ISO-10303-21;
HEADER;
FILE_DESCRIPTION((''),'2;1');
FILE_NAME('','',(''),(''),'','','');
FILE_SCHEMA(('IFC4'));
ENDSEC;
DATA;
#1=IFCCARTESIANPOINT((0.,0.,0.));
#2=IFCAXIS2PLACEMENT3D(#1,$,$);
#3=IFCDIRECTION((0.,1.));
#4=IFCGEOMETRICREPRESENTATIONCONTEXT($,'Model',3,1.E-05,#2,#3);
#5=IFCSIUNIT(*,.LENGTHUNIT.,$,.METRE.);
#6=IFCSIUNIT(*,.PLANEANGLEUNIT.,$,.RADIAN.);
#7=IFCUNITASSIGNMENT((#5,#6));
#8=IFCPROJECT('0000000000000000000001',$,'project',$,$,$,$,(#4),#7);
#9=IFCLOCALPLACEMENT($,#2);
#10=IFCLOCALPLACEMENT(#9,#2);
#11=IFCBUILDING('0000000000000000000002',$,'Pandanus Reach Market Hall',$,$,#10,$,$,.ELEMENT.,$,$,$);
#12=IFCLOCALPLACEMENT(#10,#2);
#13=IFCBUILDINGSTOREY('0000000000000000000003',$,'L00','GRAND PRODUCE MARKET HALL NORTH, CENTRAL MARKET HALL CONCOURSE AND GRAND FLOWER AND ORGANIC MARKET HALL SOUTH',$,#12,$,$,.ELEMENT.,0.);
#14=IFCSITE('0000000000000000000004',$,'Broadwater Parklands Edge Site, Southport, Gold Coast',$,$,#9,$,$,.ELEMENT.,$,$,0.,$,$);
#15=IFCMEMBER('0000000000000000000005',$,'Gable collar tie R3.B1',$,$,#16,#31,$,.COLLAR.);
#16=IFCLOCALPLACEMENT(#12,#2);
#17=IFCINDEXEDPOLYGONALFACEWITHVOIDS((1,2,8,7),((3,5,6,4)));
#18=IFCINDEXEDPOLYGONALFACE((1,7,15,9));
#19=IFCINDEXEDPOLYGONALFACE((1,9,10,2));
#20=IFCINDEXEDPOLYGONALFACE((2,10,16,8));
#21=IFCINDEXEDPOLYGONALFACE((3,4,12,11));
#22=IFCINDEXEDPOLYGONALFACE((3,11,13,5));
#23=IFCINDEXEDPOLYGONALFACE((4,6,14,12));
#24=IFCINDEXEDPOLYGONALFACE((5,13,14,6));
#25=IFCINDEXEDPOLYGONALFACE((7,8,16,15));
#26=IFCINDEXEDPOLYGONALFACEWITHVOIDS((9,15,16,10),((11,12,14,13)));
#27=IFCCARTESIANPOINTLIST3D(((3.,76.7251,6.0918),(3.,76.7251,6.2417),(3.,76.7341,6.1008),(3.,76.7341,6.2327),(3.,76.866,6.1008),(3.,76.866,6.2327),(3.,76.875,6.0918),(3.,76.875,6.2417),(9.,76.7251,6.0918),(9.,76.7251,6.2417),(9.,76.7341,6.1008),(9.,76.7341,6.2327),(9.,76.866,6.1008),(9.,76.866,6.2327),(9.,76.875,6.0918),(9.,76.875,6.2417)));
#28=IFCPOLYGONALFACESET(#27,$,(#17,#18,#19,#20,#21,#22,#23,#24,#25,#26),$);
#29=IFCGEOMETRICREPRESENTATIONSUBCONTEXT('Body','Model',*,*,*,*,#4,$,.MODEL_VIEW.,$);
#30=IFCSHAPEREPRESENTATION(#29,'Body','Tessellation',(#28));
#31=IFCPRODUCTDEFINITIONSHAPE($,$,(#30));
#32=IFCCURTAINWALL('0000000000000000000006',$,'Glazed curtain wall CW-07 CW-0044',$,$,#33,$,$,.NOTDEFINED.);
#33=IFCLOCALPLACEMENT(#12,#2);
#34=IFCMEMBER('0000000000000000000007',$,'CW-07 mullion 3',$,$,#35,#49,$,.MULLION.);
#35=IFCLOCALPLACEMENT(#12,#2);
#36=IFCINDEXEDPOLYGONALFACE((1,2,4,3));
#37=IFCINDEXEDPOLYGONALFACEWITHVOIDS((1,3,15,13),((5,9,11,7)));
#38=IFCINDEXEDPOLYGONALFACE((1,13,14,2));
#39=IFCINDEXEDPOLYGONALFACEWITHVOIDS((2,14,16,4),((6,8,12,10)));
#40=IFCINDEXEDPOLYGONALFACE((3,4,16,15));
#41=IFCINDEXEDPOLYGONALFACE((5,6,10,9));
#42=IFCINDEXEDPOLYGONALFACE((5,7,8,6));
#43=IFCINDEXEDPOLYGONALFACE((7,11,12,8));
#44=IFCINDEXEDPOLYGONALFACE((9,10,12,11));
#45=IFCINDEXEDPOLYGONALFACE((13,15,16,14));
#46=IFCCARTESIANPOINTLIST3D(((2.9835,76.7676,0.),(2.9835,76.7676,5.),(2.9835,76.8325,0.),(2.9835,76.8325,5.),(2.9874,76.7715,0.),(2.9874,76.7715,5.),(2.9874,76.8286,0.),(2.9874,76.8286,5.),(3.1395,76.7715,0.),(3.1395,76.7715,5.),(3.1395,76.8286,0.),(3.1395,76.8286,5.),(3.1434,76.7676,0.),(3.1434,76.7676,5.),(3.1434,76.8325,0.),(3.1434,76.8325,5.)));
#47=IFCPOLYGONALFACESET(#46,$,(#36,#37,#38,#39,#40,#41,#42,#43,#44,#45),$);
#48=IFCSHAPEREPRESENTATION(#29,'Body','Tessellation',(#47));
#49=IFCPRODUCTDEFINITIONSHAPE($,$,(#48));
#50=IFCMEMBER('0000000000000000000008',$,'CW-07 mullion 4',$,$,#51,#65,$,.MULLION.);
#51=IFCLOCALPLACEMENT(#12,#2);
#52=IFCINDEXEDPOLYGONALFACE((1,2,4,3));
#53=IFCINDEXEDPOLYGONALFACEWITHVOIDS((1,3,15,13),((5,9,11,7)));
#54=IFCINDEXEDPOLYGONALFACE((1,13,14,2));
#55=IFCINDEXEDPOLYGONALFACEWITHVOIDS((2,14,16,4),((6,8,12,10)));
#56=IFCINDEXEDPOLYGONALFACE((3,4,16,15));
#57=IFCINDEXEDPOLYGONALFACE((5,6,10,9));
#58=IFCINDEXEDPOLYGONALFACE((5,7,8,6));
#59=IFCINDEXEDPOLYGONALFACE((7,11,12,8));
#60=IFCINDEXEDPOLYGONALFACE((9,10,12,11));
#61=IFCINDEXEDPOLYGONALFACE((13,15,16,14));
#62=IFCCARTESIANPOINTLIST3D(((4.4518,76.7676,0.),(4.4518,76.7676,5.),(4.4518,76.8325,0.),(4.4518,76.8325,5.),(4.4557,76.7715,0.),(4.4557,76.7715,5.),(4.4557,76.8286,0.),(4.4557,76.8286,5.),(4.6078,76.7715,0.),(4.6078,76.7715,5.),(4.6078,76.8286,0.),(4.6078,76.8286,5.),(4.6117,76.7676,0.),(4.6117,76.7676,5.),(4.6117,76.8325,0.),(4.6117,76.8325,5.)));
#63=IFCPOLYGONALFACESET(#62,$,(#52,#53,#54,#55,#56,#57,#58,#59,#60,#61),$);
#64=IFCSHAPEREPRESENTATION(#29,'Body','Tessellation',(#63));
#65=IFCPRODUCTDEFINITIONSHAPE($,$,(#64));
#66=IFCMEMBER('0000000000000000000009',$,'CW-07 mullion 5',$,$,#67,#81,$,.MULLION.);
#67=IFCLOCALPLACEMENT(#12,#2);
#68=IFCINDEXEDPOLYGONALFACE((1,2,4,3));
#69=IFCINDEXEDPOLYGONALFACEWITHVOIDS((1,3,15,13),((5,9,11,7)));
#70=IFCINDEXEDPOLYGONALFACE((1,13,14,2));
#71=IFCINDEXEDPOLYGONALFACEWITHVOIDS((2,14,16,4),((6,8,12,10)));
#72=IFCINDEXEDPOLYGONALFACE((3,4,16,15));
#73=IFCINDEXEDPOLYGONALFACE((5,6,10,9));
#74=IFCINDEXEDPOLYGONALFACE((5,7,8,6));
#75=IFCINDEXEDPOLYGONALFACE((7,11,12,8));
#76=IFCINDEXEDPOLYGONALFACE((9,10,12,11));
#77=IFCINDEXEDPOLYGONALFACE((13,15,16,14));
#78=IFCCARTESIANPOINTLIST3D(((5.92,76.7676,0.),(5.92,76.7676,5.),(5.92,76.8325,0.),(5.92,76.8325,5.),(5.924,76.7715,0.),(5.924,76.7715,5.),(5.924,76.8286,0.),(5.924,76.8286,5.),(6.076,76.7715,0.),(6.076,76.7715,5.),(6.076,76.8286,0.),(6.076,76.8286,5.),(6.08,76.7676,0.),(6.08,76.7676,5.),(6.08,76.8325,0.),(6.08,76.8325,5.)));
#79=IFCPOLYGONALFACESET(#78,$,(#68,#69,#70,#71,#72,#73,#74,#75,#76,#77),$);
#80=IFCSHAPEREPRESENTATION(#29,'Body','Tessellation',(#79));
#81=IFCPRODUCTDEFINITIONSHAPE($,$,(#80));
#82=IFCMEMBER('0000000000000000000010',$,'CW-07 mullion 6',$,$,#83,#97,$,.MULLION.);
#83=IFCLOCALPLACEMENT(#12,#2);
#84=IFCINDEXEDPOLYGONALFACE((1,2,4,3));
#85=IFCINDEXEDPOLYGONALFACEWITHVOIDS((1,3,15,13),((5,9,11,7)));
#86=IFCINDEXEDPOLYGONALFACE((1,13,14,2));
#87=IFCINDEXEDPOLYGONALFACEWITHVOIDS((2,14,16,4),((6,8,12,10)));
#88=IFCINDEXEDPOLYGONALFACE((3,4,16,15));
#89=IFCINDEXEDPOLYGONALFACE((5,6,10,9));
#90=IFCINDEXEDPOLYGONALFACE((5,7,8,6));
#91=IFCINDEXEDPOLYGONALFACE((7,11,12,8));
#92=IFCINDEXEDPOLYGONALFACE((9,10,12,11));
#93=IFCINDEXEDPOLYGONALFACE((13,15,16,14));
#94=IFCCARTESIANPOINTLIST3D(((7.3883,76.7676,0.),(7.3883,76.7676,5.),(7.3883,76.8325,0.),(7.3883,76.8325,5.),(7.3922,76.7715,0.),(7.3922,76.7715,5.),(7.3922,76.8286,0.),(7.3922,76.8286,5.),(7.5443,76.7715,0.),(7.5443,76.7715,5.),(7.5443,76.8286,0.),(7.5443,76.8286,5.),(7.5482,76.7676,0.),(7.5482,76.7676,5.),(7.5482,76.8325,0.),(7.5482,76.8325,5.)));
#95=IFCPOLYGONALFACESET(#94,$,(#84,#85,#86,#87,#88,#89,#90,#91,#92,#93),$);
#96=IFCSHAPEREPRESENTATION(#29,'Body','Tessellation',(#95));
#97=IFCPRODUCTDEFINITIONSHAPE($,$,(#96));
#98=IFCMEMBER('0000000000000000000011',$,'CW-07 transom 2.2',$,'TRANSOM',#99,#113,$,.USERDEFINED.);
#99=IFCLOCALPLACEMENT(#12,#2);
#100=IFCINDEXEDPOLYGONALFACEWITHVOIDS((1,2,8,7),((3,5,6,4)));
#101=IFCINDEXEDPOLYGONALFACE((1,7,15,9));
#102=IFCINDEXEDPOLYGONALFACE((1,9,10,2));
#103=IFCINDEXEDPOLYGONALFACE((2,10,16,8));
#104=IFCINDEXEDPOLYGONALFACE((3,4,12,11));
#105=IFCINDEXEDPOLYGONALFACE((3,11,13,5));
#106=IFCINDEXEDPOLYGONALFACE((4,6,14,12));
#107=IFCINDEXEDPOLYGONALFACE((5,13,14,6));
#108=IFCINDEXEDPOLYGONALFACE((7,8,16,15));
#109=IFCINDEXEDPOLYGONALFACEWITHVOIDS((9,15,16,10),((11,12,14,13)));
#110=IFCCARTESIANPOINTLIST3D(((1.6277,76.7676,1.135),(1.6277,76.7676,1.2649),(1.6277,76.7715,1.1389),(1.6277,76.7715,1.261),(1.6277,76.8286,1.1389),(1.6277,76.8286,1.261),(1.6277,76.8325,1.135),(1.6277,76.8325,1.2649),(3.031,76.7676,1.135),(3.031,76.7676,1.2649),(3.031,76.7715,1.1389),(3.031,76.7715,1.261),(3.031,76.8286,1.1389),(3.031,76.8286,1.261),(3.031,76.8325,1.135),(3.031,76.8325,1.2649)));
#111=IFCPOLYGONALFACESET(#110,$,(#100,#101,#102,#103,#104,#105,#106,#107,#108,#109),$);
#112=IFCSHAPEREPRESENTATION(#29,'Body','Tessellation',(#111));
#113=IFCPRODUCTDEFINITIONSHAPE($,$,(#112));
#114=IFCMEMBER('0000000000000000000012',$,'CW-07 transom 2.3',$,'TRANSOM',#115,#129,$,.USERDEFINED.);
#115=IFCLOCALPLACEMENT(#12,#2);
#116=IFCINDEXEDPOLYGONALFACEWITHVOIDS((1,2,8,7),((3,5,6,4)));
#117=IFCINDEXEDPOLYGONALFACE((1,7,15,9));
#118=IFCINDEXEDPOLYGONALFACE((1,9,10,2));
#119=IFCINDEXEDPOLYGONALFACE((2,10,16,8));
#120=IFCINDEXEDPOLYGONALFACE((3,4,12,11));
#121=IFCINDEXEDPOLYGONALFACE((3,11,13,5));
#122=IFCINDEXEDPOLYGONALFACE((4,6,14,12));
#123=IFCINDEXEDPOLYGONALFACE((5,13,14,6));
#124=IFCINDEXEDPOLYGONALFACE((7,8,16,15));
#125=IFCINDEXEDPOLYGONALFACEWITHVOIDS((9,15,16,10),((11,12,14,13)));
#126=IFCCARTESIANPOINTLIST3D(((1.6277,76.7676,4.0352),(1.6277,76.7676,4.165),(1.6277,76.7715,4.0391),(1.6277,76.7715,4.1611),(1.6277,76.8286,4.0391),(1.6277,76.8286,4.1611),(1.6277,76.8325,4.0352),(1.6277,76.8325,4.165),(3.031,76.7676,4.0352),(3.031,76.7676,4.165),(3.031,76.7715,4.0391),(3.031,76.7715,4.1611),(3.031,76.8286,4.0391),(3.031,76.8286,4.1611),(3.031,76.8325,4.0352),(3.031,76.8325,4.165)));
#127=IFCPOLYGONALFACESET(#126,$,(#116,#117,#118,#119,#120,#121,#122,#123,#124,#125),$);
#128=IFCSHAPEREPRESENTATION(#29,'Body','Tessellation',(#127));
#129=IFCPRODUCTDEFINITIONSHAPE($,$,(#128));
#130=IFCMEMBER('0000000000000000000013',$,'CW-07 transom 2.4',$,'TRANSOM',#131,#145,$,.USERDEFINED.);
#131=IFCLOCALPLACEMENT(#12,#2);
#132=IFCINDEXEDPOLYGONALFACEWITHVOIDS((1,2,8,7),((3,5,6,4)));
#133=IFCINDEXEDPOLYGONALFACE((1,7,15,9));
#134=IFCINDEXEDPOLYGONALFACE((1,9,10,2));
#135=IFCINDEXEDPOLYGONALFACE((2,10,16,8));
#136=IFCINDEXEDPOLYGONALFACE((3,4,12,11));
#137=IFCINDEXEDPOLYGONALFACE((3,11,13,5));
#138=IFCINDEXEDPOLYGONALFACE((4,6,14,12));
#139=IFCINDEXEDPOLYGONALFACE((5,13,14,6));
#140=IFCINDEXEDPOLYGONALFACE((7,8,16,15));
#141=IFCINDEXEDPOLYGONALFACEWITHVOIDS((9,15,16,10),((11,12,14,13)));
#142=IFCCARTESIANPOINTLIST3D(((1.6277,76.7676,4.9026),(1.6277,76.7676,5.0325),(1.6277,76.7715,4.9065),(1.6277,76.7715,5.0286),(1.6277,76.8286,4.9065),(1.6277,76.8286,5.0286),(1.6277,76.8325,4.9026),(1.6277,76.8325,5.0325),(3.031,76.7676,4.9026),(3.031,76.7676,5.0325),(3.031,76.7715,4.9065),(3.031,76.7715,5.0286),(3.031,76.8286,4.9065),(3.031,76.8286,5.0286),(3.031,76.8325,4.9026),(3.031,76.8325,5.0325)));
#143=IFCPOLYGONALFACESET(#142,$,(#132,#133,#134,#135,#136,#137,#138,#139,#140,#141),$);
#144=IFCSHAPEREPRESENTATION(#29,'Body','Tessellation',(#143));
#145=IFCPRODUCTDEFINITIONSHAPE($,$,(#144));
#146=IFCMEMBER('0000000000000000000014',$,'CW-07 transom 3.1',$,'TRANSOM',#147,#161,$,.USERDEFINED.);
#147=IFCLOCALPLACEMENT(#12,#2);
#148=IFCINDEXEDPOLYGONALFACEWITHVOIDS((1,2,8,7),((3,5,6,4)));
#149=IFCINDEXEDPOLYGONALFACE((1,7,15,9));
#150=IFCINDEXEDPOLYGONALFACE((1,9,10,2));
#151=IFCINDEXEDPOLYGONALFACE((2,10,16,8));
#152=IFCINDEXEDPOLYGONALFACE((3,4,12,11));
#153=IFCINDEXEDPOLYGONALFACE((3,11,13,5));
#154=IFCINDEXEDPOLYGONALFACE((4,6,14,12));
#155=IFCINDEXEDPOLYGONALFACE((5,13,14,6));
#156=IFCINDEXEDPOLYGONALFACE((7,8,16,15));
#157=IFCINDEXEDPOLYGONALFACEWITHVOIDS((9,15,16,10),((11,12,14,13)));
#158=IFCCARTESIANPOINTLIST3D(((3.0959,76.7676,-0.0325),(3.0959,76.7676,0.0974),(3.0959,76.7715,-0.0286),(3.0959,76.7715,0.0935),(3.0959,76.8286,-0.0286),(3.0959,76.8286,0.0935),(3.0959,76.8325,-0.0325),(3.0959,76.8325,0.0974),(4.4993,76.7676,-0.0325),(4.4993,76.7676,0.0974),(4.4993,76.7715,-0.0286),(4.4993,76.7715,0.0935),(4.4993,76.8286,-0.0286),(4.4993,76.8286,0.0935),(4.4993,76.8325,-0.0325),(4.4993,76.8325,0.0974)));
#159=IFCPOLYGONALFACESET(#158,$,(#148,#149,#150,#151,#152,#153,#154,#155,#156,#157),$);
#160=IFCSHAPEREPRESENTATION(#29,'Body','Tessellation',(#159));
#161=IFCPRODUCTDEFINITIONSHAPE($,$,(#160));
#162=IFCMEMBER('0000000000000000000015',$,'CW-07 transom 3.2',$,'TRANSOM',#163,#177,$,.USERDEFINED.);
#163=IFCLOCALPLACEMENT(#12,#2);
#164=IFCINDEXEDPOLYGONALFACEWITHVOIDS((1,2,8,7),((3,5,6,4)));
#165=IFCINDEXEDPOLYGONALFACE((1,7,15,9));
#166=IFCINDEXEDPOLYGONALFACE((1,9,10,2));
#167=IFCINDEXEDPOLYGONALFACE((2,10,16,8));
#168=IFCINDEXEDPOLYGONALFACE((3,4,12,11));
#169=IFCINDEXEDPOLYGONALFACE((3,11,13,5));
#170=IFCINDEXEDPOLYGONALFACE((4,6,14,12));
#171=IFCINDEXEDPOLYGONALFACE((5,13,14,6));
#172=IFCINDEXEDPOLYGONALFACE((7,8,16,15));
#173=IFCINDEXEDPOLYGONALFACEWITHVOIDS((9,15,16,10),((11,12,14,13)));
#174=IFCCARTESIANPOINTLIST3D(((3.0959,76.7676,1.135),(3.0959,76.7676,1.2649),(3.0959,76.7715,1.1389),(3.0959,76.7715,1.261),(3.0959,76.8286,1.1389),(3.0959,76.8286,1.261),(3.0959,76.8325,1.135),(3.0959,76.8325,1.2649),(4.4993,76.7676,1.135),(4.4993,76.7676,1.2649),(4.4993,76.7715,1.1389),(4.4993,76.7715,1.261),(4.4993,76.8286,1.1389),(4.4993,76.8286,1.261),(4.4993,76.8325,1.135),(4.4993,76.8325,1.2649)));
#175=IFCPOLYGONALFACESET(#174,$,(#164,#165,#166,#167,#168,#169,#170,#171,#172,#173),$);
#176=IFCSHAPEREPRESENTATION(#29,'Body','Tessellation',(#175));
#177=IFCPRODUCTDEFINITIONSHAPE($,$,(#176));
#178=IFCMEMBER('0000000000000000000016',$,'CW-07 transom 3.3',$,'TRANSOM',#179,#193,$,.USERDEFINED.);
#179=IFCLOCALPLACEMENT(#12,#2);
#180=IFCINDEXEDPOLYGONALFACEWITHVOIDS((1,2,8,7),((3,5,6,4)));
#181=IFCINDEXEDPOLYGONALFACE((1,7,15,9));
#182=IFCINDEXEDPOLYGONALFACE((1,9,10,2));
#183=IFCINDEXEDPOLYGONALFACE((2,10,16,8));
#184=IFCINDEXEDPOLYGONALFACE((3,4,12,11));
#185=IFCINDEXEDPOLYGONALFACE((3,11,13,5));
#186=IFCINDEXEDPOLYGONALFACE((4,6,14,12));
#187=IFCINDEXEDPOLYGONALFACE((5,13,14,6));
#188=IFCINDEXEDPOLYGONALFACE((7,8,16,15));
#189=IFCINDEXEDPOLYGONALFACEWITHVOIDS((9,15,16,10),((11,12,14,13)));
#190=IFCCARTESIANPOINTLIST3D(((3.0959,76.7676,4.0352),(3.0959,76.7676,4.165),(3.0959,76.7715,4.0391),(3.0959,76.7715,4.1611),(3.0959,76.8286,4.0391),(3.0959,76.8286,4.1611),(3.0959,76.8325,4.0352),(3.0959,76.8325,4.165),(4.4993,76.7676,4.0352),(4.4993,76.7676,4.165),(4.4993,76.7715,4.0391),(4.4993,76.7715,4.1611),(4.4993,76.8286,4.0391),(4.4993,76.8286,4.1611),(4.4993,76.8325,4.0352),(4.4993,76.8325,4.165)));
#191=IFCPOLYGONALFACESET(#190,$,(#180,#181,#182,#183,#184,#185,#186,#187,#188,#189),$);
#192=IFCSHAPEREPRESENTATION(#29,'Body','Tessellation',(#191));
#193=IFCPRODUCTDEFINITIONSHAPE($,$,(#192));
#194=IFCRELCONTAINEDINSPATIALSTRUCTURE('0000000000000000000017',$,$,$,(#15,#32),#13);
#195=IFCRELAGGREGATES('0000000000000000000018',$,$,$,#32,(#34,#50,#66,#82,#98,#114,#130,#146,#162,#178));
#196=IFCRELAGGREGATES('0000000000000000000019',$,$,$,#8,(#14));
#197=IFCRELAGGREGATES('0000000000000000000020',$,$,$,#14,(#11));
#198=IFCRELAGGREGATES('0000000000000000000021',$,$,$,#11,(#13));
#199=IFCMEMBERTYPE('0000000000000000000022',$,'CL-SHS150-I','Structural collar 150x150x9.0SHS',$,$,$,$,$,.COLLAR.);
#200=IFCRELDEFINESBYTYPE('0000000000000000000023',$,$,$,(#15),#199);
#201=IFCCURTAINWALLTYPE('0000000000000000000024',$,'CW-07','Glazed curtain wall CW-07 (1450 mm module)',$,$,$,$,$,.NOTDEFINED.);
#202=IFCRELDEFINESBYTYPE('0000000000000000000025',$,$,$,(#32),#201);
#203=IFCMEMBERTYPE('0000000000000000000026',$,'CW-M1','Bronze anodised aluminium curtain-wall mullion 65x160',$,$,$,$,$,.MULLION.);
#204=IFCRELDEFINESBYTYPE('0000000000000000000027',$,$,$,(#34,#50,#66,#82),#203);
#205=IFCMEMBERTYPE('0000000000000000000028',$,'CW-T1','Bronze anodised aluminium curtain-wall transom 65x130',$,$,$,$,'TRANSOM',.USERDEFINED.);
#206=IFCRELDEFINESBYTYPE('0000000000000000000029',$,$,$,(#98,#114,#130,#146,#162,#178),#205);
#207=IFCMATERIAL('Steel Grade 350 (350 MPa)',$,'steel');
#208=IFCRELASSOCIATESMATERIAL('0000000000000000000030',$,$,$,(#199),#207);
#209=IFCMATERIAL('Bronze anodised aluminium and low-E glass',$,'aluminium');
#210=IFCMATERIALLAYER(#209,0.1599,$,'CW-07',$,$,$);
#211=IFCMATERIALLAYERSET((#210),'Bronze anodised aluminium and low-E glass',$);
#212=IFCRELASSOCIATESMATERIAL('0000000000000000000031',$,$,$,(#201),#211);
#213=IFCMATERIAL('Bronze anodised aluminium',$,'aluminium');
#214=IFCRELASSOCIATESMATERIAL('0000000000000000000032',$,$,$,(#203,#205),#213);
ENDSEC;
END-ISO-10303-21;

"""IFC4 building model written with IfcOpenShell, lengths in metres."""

from ifc_helpers import new_model, si_unit, direction, frame, origin, origin_2d, place, context, subcontext, project, spatial, hollow_rectangle, extrude, material, layer, layer_set, material_profile, profile_set, type_object, element, aggregate, save


model = new_model("IFC4")

# Units and contexts
model_context = context("Model", 3, precision=1e-05, world=origin(), true_north=direction((0.0, 1.0)))
body_context = subcontext(model_context, "Body", "Model", "MODEL_VIEW")
ifc_project = project(units=[si_unit("LENGTHUNIT", "METRE"), si_unit("PLANEANGLEUNIT", "RADIAN")], contexts=[model_context])

# Site, building, storey
site_placement = place(None, origin())
site = spatial("IfcSite", under=ifc_project, at=site_placement, Name="Broadwater Parklands Edge Site, Southport, Gold Coast", CompositionType="ELEMENT", RefElevation=0.0)
building_placement = place(site_placement, origin())
building = spatial("IfcBuilding", under=site, at=building_placement, Name="Pandanus Reach Market Hall", CompositionType="ELEMENT")
storey_placement = place(building_placement, origin())
storey = spatial("IfcBuildingStorey", under=building, at=storey_placement, Name="L00", Description="GRAND PRODUCE MARKET HALL NORTH, CENTRAL MARKET HALL CONCOURSE AND GRAND FLOWER AND ORGANIC MARKET HALL SOUTH", CompositionType="ELEMENT", Elevation=0.0)

# Member
ifc_material_1 = material(Name="Steel Grade 350 (350 MPa)", Category="steel")
ifc_material_profile_1 = material_profile(ifc_material_1, hollow_rectangle(XDim=0.1499, YDim=0.1499, WallThickness=0.009, at=origin_2d()), Name="150x150x9.0SHS", Category="LoadBearing")
ifc_profile_set_1 = profile_set([ifc_material_profile_1], Name="Steel Grade 350 (350 MPa)")
member_type_1 = type_object("IfcMemberType", Name="CL-SHS150-I", Description="Structural collar 150x150x9.0SHS", PredefinedType="COLLAR", material=ifc_profile_set_1)
member_1_placement = place(storey_placement, frame((3.0, 76.8, 6.1667), z_axis=(1.0, 0.0, 0.0), x_axis=(0.0, 1.0, 0.0)))
element("IfcMember", 1, at=member_1_placement, inside=storey, type_object=member_type_1, Name="Gable collar tie R3.B1", PredefinedType="COLLAR", context=body_context, shape_type="SweptSolid", body=[
    extrude(hollow_rectangle(XDim=0.1499, YDim=0.1499, WallThickness=0.009, at=origin_2d()), origin(), (0.0, 0.0, 1.0), 6.0),
])

# Curtain wall, members
ifc_material_2 = material(Name="Bronze anodised aluminium and low-E glass", Category="aluminium")
ifc_layer_1 = layer(ifc_material_2, 0.1599, Name="CW-07")
ifc_layer_set_1 = layer_set([ifc_layer_1], Name="Bronze anodised aluminium and low-E glass")
curtain_wall_type = type_object("IfcCurtainWallType", Name="CW-07", Description="Glazed curtain wall CW-07 (1450 mm module)", PredefinedType="NOTDEFINED", material=ifc_layer_set_1)
curtain_wall_placement = place(storey_placement, origin())
curtain_wall = element("IfcCurtainWall", 2, at=curtain_wall_placement, inside=storey, type_object=curtain_wall_type, Name="Glazed curtain wall CW-07 CW-0044", PredefinedType="NOTDEFINED")
ifc_material_3 = material(Name="Bronze anodised aluminium", Category="aluminium")
ifc_material_profile_2 = material_profile(ifc_material_3, hollow_rectangle(XDim=0.0649, YDim=0.1599, WallThickness=0.0039, at=origin_2d()), Name="ALU65x160", Category="LoadBearing")
ifc_profile_set_2 = profile_set([ifc_material_profile_2], Name="Bronze anodised aluminium")
member_type_2 = type_object("IfcMemberType", Name="CW-M1", Description="Bronze anodised aluminium curtain-wall mullion 65x160", PredefinedType="MULLION", material=ifc_profile_set_2)
member_2_placement = place(storey_placement, frame((3.0635, 76.8, 0.0), z_axis=(0.0, 0.0, 1.0), x_axis=(0.0, 1.0, 0.0)))
member_2 = element("IfcMember", 3, at=member_2_placement, type_object=member_type_2, Name="CW-07 mullion 3", PredefinedType="MULLION", context=body_context, shape_type="SweptSolid", body=[
    extrude(hollow_rectangle(XDim=0.0649, YDim=0.1599, WallThickness=0.0039, at=origin_2d()), origin(), (0.0, 0.0, 1.0), 5.0),
])
member_3_placement = place(storey_placement, frame((4.5317, 76.8, 0.0), z_axis=(0.0, 0.0, 1.0), x_axis=(0.0, 1.0, 0.0)))
member_3 = element("IfcMember", 4, at=member_3_placement, type_object=member_type_2, Name="CW-07 mullion 4", PredefinedType="MULLION", context=body_context, shape_type="SweptSolid", body=[
    extrude(hollow_rectangle(XDim=0.0649, YDim=0.1599, WallThickness=0.0039, at=origin_2d()), origin(), (0.0, 0.0, 1.0), 5.0),
])
member_4_placement = place(storey_placement, frame((6.0, 76.8, 0.0), z_axis=(0.0, 0.0, 1.0), x_axis=(0.0, 1.0, 0.0)))
member_4 = element("IfcMember", 5, at=member_4_placement, type_object=member_type_2, Name="CW-07 mullion 5", PredefinedType="MULLION", context=body_context, shape_type="SweptSolid", body=[
    extrude(hollow_rectangle(XDim=0.0649, YDim=0.1599, WallThickness=0.0039, at=origin_2d()), origin(), (0.0, 0.0, 1.0), 5.0),
])
member_5_placement = place(storey_placement, frame((7.4683, 76.8, 0.0), z_axis=(0.0, 0.0, 1.0), x_axis=(0.0, 1.0, 0.0)))
member_5 = element("IfcMember", 6, at=member_5_placement, type_object=member_type_2, Name="CW-07 mullion 6", PredefinedType="MULLION", context=body_context, shape_type="SweptSolid", body=[
    extrude(hollow_rectangle(XDim=0.0649, YDim=0.1599, WallThickness=0.0039, at=origin_2d()), origin(), (0.0, 0.0, 1.0), 5.0),
])
ifc_material_profile_3 = material_profile(ifc_material_3, hollow_rectangle(XDim=0.0649, YDim=0.1299, WallThickness=0.0039, at=origin_2d()), Name="ALU65x130", Category="LoadBearing")
ifc_profile_set_3 = profile_set([ifc_material_profile_3], Name="Bronze anodised aluminium")
member_type_3 = type_object("IfcMemberType", Name="CW-T1", Description="Bronze anodised aluminium curtain-wall transom 65x130", ElementType="TRANSOM", PredefinedType="USERDEFINED", material=ifc_profile_set_3)
member_6_placement = place(storey_placement, frame((1.6277, 76.8, 1.2), z_axis=(1.0, 0.0, 0.0), x_axis=(0.0, 1.0, 0.0)))
member_6 = element("IfcMember", 7, at=member_6_placement, type_object=member_type_3, Name="CW-07 transom 2.2", ObjectType="TRANSOM", PredefinedType="USERDEFINED", context=body_context, shape_type="SweptSolid", body=[
    extrude(hollow_rectangle(XDim=0.0649, YDim=0.1299, WallThickness=0.0039, at=origin_2d()), origin(), (0.0, 0.0, 1.0), 1.4033),
])
member_7_placement = place(storey_placement, frame((1.6277, 76.8, 4.1001), z_axis=(1.0, 0.0, 0.0), x_axis=(0.0, 1.0, 0.0)))
member_7 = element("IfcMember", 8, at=member_7_placement, type_object=member_type_3, Name="CW-07 transom 2.3", ObjectType="TRANSOM", PredefinedType="USERDEFINED", context=body_context, shape_type="SweptSolid", body=[
    extrude(hollow_rectangle(XDim=0.0649, YDim=0.1299, WallThickness=0.0039, at=origin_2d()), origin(), (0.0, 0.0, 1.0), 1.4033),
])
member_8_placement = place(storey_placement, frame((1.6277, 76.8, 4.9675), z_axis=(1.0, 0.0, 0.0), x_axis=(0.0, 1.0, 0.0)))
member_8 = element("IfcMember", 9, at=member_8_placement, type_object=member_type_3, Name="CW-07 transom 2.4", ObjectType="TRANSOM", PredefinedType="USERDEFINED", context=body_context, shape_type="SweptSolid", body=[
    extrude(hollow_rectangle(XDim=0.0649, YDim=0.1299, WallThickness=0.0039, at=origin_2d()), origin(), (0.0, 0.0, 1.0), 1.4033),
])
member_9_placement = place(storey_placement, frame((3.0959, 76.8, 0.0325), z_axis=(1.0, 0.0, 0.0), x_axis=(0.0, 1.0, 0.0)))
member_9 = element("IfcMember", 10, at=member_9_placement, type_object=member_type_3, Name="CW-07 transom 3.1", ObjectType="TRANSOM", PredefinedType="USERDEFINED", context=body_context, shape_type="SweptSolid", body=[
    extrude(hollow_rectangle(XDim=0.0649, YDim=0.1299, WallThickness=0.0039, at=origin_2d()), origin(), (0.0, 0.0, 1.0), 1.4033),
])
member_10_placement = place(storey_placement, frame((3.0959, 76.8, 1.2), z_axis=(1.0, 0.0, 0.0), x_axis=(0.0, 1.0, 0.0)))
member_10 = element("IfcMember", 11, at=member_10_placement, type_object=member_type_3, Name="CW-07 transom 3.2", ObjectType="TRANSOM", PredefinedType="USERDEFINED", context=body_context, shape_type="SweptSolid", body=[
    extrude(hollow_rectangle(XDim=0.0649, YDim=0.1299, WallThickness=0.0039, at=origin_2d()), origin(), (0.0, 0.0, 1.0), 1.4033),
])
member_11_placement = place(storey_placement, frame((3.0959, 76.8, 4.1001), z_axis=(1.0, 0.0, 0.0), x_axis=(0.0, 1.0, 0.0)))
member_11 = element("IfcMember", 12, at=member_11_placement, type_object=member_type_3, Name="CW-07 transom 3.3", ObjectType="TRANSOM", PredefinedType="USERDEFINED", context=body_context, shape_type="SweptSolid", body=[
    extrude(hollow_rectangle(XDim=0.0649, YDim=0.1299, WallThickness=0.0039, at=origin_2d()), origin(), (0.0, 0.0, 1.0), 1.4033),
])

aggregate(curtain_wall, [member_2, member_3, member_4, member_5, member_6, member_7, member_8, member_9, member_10, member_11])

save(model, "model.ifc")
